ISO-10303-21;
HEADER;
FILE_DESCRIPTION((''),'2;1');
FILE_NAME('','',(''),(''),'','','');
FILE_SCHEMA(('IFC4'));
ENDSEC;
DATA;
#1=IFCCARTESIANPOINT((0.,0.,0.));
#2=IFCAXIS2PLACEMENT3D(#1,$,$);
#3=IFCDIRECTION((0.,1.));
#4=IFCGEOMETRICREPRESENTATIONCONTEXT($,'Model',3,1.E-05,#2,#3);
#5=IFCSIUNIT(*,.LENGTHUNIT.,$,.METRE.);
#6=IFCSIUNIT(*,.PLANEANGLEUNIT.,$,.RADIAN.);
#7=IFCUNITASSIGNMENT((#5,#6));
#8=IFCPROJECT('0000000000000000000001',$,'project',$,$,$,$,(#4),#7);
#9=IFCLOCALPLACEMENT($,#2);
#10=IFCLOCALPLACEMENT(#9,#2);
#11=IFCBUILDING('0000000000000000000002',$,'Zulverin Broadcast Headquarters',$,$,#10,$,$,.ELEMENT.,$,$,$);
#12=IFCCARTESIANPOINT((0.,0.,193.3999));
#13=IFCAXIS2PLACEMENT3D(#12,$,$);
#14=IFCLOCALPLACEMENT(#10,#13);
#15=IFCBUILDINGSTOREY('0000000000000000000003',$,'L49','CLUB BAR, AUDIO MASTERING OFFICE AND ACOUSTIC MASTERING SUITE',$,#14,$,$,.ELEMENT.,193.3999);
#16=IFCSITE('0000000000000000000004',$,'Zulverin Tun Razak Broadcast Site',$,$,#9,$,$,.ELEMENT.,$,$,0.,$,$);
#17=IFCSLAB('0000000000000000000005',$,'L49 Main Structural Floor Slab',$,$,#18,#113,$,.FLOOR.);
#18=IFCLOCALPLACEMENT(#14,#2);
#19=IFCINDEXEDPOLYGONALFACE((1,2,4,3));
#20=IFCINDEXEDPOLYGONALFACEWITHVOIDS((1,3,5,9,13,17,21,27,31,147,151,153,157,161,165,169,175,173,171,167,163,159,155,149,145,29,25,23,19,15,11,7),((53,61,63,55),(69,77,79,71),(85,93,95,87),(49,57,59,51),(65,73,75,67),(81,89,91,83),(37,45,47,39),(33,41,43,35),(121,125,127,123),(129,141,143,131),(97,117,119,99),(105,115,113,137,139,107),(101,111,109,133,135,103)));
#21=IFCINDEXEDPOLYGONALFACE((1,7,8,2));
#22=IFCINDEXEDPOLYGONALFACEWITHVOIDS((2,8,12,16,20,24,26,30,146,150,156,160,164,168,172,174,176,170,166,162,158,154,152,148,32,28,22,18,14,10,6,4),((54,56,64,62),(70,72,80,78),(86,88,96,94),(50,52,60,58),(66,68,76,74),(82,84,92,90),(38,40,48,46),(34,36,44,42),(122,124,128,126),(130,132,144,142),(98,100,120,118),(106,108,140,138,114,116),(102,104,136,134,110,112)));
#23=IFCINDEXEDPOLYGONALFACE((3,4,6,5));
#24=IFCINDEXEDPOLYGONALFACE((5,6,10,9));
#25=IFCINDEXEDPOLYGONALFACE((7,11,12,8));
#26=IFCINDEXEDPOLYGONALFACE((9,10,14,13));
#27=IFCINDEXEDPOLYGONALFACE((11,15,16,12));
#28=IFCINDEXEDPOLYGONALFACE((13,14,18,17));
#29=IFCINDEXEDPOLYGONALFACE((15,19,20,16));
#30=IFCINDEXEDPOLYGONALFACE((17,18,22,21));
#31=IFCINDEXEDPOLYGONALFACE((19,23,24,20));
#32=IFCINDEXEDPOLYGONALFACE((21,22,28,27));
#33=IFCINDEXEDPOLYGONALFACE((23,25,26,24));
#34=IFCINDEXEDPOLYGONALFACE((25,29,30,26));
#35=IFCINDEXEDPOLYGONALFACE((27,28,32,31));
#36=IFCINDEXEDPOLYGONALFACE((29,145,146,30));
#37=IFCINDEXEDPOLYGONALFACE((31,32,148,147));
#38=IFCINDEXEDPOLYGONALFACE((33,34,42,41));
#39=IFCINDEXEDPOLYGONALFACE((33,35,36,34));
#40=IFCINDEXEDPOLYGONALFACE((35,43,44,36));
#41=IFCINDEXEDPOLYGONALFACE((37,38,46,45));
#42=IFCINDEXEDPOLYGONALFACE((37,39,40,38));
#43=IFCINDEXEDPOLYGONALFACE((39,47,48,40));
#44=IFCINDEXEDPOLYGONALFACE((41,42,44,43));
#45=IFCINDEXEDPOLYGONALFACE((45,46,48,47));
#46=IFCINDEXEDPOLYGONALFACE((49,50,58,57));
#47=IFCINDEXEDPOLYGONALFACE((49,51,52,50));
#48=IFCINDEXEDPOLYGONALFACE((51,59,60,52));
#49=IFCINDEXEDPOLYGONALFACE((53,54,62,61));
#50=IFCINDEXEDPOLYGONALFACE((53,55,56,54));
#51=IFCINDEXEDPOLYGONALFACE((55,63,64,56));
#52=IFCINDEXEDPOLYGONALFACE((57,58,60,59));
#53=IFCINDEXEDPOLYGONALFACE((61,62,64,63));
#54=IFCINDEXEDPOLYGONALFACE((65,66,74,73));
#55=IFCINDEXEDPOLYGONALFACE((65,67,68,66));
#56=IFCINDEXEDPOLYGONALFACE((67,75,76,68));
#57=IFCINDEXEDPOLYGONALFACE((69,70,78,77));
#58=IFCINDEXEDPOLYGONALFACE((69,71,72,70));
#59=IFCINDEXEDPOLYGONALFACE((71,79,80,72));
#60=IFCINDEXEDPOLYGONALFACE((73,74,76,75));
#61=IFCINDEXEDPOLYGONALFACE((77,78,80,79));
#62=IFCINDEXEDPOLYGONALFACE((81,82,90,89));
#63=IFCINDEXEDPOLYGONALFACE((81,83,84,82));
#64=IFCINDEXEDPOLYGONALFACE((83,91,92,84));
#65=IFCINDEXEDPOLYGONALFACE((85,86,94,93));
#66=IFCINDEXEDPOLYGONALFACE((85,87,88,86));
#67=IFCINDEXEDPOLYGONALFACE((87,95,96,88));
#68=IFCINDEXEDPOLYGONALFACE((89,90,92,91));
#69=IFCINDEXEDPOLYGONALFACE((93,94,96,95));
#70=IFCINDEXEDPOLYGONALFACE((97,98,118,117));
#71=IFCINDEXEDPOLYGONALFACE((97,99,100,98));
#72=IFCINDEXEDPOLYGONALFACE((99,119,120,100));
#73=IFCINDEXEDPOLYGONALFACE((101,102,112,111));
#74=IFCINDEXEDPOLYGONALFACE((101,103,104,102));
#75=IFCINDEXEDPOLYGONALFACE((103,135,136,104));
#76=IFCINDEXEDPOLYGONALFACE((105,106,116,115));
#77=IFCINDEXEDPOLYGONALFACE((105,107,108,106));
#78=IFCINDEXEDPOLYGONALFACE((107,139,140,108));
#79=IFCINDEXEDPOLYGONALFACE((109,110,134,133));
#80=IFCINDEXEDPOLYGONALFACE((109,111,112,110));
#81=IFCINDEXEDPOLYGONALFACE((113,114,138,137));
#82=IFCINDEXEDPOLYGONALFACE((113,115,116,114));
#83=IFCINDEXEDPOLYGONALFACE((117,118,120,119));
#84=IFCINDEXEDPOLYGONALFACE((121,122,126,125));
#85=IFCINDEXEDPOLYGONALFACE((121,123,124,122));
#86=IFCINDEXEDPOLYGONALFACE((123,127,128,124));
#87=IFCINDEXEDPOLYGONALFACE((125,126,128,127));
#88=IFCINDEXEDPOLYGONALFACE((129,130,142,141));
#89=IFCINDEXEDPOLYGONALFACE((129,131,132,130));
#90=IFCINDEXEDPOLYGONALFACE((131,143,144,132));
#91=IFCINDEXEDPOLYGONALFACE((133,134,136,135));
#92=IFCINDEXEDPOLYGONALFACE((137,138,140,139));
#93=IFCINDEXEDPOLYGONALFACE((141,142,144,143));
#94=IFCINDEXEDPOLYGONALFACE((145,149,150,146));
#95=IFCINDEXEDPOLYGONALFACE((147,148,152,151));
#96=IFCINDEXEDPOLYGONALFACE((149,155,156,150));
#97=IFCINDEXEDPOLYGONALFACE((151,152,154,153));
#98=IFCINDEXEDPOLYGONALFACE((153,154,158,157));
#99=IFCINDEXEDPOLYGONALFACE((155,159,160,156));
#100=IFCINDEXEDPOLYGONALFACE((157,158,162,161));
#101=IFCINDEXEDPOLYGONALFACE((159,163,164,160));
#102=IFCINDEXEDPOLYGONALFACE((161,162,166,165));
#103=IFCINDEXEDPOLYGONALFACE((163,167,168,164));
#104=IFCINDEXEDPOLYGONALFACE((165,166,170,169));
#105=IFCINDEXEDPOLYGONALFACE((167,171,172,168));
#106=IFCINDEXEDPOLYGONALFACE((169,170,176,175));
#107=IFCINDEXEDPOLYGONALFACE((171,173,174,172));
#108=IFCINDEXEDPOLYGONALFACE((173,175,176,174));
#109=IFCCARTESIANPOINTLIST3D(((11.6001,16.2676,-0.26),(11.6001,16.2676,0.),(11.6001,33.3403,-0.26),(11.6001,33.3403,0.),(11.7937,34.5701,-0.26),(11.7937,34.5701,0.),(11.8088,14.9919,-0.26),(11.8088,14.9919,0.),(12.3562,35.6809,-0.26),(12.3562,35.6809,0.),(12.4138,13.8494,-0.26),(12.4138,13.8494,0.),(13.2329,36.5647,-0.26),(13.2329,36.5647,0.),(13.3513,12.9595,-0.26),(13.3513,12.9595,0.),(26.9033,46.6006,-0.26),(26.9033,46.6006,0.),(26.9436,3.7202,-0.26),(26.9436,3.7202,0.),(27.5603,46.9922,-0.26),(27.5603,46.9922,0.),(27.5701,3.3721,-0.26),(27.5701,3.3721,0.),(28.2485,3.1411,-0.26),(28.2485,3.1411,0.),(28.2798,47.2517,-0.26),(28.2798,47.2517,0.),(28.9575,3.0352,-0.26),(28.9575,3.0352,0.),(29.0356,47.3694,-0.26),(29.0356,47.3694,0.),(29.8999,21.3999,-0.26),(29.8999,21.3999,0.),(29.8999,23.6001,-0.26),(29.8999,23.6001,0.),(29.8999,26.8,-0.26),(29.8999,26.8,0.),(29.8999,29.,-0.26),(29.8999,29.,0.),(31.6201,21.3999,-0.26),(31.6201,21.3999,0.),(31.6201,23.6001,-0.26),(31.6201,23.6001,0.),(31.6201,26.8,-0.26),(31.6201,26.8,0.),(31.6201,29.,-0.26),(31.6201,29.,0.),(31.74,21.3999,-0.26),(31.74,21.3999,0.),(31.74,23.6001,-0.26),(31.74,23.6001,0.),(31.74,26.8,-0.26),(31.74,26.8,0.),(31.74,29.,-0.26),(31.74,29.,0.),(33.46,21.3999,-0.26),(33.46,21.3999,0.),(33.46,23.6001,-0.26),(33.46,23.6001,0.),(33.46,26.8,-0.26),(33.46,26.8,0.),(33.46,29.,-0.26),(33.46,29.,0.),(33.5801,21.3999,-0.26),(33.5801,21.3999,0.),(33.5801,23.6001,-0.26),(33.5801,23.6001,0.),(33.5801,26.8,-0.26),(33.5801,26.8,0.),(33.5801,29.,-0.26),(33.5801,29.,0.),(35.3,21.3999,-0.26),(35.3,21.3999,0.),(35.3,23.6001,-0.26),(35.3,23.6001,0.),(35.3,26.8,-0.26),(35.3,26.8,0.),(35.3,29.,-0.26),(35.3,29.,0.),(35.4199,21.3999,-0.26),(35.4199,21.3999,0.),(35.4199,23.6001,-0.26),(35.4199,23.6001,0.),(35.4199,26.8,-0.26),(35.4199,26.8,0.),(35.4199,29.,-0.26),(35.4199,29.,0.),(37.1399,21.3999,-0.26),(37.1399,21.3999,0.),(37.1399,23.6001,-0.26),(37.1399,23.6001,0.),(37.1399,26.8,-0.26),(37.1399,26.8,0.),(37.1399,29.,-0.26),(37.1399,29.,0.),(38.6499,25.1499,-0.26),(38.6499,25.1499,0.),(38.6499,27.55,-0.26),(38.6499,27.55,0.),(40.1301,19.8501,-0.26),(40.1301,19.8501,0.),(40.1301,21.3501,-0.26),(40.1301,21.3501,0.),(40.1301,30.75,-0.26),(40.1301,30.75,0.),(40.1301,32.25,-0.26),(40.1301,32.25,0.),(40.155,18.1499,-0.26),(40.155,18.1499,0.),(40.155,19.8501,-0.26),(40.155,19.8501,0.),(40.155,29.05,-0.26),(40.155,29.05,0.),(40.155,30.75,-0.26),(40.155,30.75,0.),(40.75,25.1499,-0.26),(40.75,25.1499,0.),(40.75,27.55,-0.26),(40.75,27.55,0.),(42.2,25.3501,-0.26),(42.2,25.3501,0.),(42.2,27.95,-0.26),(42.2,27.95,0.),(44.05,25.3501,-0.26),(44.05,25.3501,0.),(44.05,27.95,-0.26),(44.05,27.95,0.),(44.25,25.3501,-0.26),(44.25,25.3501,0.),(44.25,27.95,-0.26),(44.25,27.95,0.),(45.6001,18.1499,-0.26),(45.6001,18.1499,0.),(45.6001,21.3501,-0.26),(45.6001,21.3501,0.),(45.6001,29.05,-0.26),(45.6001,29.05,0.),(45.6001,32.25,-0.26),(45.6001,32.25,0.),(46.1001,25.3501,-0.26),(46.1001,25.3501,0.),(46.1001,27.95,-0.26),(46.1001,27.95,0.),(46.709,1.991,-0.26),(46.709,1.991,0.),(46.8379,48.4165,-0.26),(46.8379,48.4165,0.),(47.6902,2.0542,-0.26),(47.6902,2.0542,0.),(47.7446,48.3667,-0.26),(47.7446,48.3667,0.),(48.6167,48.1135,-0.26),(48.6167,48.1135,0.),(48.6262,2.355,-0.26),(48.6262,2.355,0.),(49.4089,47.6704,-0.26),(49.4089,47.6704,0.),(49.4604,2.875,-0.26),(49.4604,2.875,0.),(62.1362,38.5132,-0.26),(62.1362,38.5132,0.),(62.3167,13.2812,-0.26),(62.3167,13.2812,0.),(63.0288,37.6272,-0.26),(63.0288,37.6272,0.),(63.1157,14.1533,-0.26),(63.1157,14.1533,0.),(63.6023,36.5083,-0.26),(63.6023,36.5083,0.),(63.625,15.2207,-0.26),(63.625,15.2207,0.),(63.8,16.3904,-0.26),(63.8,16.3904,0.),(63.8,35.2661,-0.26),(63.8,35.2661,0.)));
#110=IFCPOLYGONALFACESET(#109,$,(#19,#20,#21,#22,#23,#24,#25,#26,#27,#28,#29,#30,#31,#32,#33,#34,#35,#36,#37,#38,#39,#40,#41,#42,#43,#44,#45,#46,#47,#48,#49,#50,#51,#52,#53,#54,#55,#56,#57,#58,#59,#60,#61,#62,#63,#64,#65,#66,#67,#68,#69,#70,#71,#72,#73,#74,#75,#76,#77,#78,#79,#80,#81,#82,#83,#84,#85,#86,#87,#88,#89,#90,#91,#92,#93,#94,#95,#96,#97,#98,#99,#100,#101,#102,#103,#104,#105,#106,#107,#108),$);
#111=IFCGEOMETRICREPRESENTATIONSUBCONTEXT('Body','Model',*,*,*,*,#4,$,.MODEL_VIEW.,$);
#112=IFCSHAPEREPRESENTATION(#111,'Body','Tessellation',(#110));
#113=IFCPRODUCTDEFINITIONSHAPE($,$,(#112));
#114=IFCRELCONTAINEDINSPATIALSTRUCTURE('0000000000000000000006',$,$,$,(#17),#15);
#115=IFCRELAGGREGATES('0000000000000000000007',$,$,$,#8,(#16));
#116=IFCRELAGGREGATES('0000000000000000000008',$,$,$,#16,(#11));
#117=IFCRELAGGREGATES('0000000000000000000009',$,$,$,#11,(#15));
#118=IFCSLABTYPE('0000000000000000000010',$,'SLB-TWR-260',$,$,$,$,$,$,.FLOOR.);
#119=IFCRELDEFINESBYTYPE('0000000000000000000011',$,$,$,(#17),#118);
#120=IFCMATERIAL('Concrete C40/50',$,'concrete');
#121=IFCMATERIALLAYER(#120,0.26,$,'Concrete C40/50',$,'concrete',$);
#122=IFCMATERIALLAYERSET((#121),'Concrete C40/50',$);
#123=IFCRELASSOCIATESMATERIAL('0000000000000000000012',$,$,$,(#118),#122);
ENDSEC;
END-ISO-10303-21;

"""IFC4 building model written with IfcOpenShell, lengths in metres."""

from ifc_helpers import new_model, si_unit, direction, frame, origin, place, context, subcontext, project, spatial, polyline, outline, extrude, material, layer, layer_set, type_object, element, save


model = new_model("IFC4")

# Units and contexts
model_context = context("Model", 3, precision=1e-05, world=origin(), true_north=direction((0.0, 1.0)))
body_context = subcontext(model_context, "Body", "Model", "MODEL_VIEW")
ifc_project = project(units=[si_unit("LENGTHUNIT", "METRE"), si_unit("PLANEANGLEUNIT", "RADIAN")], contexts=[model_context])

# Site, building, storey
site_placement = place(None, origin())
site = spatial("IfcSite", under=ifc_project, at=site_placement, Name="Zulverin Tun Razak Broadcast Site", CompositionType="ELEMENT", RefElevation=0.0)
building_placement = place(site_placement, origin())
building = spatial("IfcBuilding", under=site, at=building_placement, Name="Zulverin Broadcast Headquarters", CompositionType="ELEMENT")
storey_placement = place(building_placement, frame((0.0, 0.0, 193.3999)))
storey = spatial("IfcBuildingStorey", under=building, at=storey_placement, Name="L49", Description="CLUB BAR, AUDIO MASTERING OFFICE AND ACOUSTIC MASTERING SUITE", CompositionType="ELEMENT", Elevation=193.3999)

# Shared definitions
ifc_material_1 = material(Name="Concrete C40/50", Category="concrete")

# Slab
ifc_layer_1 = layer(ifc_material_1, 0.26, Name="Concrete C40/50", Category="concrete")
ifc_layer_set_1 = layer_set([ifc_layer_1], Name="Concrete C40/50")
slab_type_1 = type_object("IfcSlabType", Name="SLB-TWR-260", PredefinedType="FLOOR", material=ifc_layer_set_1)
slab_1_placement = place(storey_placement, frame((0.0, 0.0, -0.26)))
element("IfcSlab", 1, at=slab_1_placement, inside=storey, type_object=slab_type_1, Name="L49 Main Structural Floor Slab", PredefinedType="FLOOR", context=body_context, shape_type="SweptSolid", body=[
    extrude(outline(polyline([(26.9436, 3.7202), (27.5701, 3.3721), (28.2485, 3.1411), (28.9575, 3.0352), (46.709, 1.991), (47.6902, 2.0542), (48.6262, 2.355), (49.4604, 2.875), (62.3167, 13.2812), (63.1157, 14.1533), (63.625, 15.2207), (63.8, 16.3904), (63.8, 35.2661), (63.6023, 36.5083), (63.0288, 37.6272), (62.1362, 38.5132), (49.4089, 47.6704), (48.6167, 48.1135), (47.7446, 48.3667), (46.8379, 48.4165), (29.0356, 47.3694), (28.2798, 47.2517), (27.5603, 46.9922), (26.9033, 46.6006), (13.2329, 36.5647), (12.3562, 35.6809), (11.7937, 34.5701), (11.6001, 33.3403), (11.6001, 16.2676), (11.8088, 14.9919), (12.4138, 13.8494), (13.3513, 12.9595), (26.9436, 3.7202)]), holes=[polyline([(40.155, 30.75), (40.1301, 30.75), (40.1301, 32.25), (45.6001, 32.25), (45.6001, 29.05), (40.155, 29.05), (40.155, 30.75)]), polyline([(40.155, 19.8501), (40.1301, 19.8501), (40.1301, 21.3501), (45.6001, 21.3501), (45.6001, 18.1499), (40.155, 18.1499), (40.155, 19.8501)]), polyline([(29.8999, 21.3999), (31.6201, 21.3999), (31.6201, 23.6001), (29.8999, 23.6001), (29.8999, 21.3999)]), polyline([(31.74, 21.3999), (33.46, 21.3999), (33.46, 23.6001), (31.74, 23.6001), (31.74, 21.3999)]), polyline([(33.5801, 21.3999), (35.3, 21.3999), (35.3, 23.6001), (33.5801, 23.6001), (33.5801, 21.3999)]), polyline([(35.4199, 21.3999), (37.1399, 21.3999), (37.1399, 23.6001), (35.4199, 23.6001), (35.4199, 21.3999)]), polyline([(29.8999, 26.8), (31.6201, 26.8), (31.6201, 29.0), (29.8999, 29.0), (29.8999, 26.8)]), polyline([(31.74, 26.8), (33.46, 26.8), (33.46, 29.0), (31.74, 29.0), (31.74, 26.8)]), polyline([(33.5801, 26.8), (35.3, 26.8), (35.3, 29.0), (33.5801, 29.0), (33.5801, 26.8)]), polyline([(35.4199, 26.8), (37.1399, 26.8), (37.1399, 29.0), (35.4199, 29.0), (35.4199, 26.8)]), polyline([(42.2, 25.3501), (44.05, 25.3501), (44.05, 27.95), (42.2, 27.95), (42.2, 25.3501)]), polyline([(44.25, 25.3501), (46.1001, 25.3501), (46.1001, 27.95), (44.25, 27.95), (44.25, 25.3501)]), polyline([(38.6499, 25.1499), (40.75, 25.1499), (40.75, 27.55), (38.6499, 27.55), (38.6499, 25.1499)])]), origin(), (0.0, 0.0, 1.0), 0.26),
])

save(model, "model.ifc")
